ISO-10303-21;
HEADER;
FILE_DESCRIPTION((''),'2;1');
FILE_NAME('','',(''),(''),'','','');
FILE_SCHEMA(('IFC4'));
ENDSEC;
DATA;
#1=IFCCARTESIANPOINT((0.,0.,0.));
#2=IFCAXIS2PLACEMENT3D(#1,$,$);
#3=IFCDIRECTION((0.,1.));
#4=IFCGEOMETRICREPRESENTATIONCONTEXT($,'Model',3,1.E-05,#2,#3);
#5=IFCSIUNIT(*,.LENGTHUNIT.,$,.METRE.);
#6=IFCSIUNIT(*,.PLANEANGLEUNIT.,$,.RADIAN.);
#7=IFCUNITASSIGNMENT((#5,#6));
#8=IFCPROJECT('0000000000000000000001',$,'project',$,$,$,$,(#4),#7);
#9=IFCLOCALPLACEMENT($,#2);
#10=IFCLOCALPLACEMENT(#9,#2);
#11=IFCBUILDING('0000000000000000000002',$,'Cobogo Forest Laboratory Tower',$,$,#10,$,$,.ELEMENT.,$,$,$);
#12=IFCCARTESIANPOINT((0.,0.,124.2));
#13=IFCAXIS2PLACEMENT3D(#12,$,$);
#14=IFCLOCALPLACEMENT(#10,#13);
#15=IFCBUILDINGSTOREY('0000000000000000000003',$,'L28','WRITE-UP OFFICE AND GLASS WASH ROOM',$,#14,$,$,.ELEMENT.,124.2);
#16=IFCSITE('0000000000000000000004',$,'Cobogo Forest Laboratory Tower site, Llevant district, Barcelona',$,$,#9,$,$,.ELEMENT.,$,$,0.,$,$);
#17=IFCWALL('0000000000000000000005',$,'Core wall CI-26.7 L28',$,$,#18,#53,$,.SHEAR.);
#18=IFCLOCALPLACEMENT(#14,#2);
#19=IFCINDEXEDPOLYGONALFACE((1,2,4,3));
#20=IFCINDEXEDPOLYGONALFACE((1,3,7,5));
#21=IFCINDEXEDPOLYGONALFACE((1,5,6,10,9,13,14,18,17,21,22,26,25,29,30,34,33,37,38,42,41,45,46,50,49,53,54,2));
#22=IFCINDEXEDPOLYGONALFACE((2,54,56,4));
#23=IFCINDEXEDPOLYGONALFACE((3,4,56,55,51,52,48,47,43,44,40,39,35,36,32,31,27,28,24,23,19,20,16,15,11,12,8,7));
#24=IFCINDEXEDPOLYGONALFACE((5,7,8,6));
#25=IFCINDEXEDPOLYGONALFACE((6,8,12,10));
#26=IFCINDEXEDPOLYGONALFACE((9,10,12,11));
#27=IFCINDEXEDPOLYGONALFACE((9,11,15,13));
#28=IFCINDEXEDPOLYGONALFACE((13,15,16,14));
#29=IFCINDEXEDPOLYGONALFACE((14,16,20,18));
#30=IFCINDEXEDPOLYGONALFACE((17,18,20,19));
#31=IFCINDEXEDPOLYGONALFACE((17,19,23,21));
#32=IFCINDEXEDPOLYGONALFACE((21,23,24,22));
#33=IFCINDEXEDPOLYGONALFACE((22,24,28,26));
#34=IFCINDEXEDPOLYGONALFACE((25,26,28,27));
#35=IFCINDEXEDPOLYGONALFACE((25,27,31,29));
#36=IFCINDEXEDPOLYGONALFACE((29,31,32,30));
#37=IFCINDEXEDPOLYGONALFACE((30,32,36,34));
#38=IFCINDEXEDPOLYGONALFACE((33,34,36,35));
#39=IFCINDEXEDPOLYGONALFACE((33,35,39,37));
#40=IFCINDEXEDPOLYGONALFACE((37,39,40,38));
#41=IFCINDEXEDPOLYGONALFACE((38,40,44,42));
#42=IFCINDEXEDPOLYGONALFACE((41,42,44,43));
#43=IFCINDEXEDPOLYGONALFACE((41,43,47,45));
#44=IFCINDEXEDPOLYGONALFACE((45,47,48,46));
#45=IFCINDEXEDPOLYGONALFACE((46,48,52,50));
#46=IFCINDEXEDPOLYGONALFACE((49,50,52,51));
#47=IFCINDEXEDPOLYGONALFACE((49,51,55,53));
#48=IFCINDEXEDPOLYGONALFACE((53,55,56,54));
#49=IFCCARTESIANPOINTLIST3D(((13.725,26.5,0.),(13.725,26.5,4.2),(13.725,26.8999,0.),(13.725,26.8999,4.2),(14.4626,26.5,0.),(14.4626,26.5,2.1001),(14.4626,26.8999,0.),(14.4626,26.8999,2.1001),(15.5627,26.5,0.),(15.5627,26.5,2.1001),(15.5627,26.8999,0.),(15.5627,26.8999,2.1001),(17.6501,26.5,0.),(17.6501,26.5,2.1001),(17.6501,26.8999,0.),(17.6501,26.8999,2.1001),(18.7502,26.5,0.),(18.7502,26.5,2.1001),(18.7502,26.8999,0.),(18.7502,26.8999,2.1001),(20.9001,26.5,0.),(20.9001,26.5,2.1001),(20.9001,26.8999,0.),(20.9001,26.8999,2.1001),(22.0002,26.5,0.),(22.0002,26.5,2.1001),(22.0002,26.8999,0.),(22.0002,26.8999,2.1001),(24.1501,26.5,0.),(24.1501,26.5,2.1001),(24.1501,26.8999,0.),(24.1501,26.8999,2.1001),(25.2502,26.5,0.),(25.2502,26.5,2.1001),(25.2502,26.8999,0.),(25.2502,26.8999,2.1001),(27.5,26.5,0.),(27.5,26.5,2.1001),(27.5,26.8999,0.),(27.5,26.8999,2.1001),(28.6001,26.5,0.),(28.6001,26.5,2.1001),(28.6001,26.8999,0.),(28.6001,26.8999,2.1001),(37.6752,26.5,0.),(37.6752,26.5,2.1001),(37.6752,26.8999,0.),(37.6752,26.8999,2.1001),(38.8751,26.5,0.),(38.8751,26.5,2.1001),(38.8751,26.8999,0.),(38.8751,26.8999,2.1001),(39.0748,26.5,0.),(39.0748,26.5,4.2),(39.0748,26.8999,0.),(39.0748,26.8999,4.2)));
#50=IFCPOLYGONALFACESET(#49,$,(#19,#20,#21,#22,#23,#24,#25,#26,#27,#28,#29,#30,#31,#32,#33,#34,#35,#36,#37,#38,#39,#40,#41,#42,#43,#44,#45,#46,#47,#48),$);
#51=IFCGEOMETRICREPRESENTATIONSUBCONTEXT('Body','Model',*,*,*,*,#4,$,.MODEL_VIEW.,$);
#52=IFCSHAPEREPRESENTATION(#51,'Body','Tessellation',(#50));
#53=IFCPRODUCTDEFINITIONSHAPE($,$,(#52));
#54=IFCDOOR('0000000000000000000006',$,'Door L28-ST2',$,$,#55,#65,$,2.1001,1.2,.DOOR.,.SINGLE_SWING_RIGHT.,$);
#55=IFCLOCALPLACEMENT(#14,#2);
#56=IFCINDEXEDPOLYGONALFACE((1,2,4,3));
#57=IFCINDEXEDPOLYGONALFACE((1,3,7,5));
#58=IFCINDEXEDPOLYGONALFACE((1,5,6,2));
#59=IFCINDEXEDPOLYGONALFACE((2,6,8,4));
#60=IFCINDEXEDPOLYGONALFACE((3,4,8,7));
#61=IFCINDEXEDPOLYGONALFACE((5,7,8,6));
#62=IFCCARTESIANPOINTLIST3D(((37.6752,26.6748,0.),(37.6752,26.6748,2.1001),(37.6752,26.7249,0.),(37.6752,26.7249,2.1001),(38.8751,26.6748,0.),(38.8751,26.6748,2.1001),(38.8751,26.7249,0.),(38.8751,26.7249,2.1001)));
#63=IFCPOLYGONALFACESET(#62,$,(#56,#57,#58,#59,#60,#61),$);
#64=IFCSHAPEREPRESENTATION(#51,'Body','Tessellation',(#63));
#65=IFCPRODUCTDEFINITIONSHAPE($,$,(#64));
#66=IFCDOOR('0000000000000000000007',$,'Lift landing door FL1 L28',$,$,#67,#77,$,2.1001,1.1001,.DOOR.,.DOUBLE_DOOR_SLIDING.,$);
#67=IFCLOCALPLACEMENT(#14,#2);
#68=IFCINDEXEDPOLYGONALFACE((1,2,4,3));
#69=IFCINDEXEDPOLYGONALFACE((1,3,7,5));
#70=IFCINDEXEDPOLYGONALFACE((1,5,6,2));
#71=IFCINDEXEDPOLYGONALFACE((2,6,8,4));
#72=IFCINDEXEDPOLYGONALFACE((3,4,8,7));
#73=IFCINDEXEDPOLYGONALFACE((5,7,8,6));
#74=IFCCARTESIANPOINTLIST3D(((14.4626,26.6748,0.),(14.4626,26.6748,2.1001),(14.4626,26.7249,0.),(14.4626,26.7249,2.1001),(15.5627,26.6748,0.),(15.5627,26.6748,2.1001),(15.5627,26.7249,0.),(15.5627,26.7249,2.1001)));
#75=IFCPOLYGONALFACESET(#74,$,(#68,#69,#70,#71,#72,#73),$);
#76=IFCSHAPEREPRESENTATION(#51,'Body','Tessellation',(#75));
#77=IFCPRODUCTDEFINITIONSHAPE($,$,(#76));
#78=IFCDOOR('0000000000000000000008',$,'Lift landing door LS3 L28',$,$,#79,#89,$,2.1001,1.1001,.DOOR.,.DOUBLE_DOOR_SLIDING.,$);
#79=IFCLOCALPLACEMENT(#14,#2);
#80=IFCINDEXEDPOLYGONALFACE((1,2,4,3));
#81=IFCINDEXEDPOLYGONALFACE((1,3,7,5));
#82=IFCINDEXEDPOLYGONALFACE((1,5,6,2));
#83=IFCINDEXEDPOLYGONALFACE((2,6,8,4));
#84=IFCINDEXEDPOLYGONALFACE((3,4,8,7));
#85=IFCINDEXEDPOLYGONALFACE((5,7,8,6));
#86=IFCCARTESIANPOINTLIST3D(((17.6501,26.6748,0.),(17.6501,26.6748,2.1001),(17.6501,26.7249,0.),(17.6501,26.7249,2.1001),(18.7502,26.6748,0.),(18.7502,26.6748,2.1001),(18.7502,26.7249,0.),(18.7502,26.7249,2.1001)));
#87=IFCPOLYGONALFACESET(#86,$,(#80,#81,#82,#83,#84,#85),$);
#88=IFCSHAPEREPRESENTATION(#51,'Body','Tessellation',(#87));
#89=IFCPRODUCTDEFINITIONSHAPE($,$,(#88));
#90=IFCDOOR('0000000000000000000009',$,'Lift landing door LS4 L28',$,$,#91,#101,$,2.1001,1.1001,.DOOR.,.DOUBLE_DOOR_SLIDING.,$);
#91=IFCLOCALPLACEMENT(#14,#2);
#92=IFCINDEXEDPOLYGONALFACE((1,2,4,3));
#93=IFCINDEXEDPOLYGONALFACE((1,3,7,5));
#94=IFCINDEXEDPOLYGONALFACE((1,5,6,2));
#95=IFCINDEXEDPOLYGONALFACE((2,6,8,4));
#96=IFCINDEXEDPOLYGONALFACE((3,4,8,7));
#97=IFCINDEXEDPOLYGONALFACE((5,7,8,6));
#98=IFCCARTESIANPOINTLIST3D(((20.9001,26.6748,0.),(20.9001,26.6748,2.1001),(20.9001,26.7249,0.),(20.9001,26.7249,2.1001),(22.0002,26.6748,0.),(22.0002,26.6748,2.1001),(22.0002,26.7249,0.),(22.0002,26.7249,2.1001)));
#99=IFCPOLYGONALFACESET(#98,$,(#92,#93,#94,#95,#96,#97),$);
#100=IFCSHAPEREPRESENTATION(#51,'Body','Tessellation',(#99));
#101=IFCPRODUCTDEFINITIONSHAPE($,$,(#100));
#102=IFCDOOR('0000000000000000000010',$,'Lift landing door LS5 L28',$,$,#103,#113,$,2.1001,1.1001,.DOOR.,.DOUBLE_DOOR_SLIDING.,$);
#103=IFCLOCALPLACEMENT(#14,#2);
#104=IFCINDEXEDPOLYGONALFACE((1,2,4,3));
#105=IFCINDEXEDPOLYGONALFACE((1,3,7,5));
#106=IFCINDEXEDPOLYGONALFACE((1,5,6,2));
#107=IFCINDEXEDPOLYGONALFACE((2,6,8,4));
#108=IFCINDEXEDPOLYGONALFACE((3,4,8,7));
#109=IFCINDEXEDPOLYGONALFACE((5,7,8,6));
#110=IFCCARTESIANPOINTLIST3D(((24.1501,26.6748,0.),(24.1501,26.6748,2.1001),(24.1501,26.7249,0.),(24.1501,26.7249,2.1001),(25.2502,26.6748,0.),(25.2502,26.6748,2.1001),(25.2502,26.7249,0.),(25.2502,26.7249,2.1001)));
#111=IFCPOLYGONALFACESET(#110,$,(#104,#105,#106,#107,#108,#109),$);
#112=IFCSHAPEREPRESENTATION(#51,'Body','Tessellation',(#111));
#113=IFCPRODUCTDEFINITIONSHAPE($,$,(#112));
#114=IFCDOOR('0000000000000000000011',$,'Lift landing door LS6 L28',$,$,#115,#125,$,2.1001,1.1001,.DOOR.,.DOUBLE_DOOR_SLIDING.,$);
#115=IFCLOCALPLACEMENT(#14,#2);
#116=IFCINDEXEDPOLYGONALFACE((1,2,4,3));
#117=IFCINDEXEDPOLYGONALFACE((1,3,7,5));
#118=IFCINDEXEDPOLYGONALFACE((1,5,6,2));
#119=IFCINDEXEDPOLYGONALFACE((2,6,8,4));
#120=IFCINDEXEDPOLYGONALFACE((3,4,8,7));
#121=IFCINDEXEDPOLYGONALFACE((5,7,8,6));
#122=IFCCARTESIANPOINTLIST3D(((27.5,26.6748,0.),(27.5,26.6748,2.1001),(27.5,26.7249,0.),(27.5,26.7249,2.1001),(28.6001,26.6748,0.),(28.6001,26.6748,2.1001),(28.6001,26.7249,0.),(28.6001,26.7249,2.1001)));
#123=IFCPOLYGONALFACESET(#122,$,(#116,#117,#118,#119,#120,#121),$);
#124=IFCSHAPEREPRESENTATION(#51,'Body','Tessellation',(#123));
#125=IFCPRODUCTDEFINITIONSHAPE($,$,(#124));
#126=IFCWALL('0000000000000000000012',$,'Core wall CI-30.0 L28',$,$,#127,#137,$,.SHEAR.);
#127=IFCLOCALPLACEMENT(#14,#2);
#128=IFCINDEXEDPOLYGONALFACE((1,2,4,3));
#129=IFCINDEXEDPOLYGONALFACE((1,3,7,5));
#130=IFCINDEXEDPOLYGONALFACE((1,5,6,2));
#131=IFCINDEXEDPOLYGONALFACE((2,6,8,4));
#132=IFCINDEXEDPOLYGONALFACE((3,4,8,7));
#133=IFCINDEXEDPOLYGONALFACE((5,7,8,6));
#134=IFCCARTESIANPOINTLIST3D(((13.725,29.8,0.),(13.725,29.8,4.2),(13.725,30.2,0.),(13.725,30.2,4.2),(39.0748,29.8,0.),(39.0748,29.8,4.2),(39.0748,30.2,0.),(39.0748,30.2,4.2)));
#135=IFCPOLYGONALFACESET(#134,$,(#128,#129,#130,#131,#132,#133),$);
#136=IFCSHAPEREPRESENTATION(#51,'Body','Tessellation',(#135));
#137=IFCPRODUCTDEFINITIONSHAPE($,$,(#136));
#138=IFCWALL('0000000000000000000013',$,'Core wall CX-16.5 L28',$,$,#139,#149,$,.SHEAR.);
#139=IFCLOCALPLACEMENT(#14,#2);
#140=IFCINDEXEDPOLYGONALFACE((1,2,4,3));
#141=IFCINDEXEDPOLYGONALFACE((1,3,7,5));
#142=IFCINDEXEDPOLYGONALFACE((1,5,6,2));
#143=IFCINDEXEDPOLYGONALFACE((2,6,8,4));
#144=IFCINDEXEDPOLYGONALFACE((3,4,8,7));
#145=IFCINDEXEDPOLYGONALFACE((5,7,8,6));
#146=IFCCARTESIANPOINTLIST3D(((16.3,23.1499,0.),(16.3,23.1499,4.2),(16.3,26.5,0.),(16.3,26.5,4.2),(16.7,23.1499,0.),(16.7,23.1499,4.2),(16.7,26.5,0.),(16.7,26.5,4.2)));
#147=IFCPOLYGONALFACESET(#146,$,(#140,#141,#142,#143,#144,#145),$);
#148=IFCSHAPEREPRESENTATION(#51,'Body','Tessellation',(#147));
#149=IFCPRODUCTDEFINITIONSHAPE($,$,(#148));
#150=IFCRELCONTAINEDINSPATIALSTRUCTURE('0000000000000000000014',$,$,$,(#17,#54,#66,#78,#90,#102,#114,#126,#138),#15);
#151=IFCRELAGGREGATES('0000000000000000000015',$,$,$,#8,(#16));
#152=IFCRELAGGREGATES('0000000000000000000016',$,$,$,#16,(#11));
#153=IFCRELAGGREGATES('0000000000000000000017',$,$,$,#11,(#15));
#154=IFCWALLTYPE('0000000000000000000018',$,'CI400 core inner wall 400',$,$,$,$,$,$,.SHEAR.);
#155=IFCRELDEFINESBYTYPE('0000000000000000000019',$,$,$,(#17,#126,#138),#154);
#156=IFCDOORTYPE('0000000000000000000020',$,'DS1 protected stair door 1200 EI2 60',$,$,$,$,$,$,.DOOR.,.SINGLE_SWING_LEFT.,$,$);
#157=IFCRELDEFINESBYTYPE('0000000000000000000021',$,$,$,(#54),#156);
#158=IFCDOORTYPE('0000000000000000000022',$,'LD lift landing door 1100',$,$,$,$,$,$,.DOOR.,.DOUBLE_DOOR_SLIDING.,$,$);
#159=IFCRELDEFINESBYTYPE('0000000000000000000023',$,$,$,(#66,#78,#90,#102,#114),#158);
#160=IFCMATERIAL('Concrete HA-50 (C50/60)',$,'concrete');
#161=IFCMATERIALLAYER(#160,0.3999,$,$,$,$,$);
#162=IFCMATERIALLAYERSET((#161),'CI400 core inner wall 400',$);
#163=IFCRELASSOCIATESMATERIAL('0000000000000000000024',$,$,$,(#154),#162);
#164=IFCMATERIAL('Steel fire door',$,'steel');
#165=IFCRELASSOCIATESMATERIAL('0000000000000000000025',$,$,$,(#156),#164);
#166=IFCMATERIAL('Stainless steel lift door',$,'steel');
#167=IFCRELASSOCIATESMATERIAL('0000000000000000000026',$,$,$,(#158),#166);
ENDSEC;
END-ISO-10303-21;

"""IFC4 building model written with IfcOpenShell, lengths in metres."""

from ifc_helpers import new_model, si_unit, direction, frame, frame_2d, origin, place, context, subcontext, project, spatial, rectangle, extrude, material, layer, layer_set, type_object, element, fill, save


model = new_model("IFC4")

# Units and contexts
model_context = context("Model", 3, precision=1e-05, world=origin(), true_north=direction((0.0, 1.0)))
body_context = subcontext(model_context, "Body", "Model", "MODEL_VIEW")
ifc_project = project(units=[si_unit("LENGTHUNIT", "METRE"), si_unit("PLANEANGLEUNIT", "RADIAN")], contexts=[model_context])

# Site, building, storey
site_placement = place(None, origin())
site = spatial("IfcSite", under=ifc_project, at=site_placement, Name="Cobogo Forest Laboratory Tower site, Llevant district, Barcelona", CompositionType="ELEMENT", RefElevation=0.0)
building_placement = place(site_placement, origin())
building = spatial("IfcBuilding", under=site, at=building_placement, Name="Cobogo Forest Laboratory Tower", CompositionType="ELEMENT")
storey_placement = place(building_placement, frame((0.0, 0.0, 124.2)))
storey = spatial("IfcBuildingStorey", under=building, at=storey_placement, Name="L28", Description="WRITE-UP OFFICE AND GLASS WASH ROOM", CompositionType="ELEMENT", Elevation=124.2)

# Shared definitions
ifc_material_1 = material(Name="Concrete HA-50 (C50/60)", Category="concrete")

# Shared definitions
ifc_layer_1 = layer(ifc_material_1, 0.3999)
ifc_layer_set_1 = layer_set([ifc_layer_1], Name="CI400 core inner wall 400")
wall_type_1 = type_object("IfcWallType", Name="CI400 core inner wall 400", PredefinedType="SHEAR", material=ifc_layer_set_1)

# Wall, openings, doors
wall_1_placement = place(storey_placement, frame((13.7251, 26.7, 0.0), z_axis=(0.0, 0.0, 1.0), x_axis=(1.0, 0.0, 0.0)))
wall_1 = element("IfcWall", 1, at=wall_1_placement, inside=storey, type_object=wall_type_1, Name="Core wall CI-26.7 L28", PredefinedType="SHEAR", context=body_context, shape_type="SweptSolid", body=[
    extrude(rectangle(XDim=25.3499, YDim=0.3999, at=frame_2d((12.6748, 0.0))), origin(), (0.0, 0.0, 1.0), 4.2),
])
opening_1_placement = place(wall_1_placement, frame((23.95, 0.0, 0.0)))
opening_1 = element("IfcOpeningElement", 2, at=opening_1_placement, cuts=wall_1, PredefinedType="OPENING", context=body_context, shape_type="SweptSolid", body=[
    extrude(rectangle(XDim=1.2, YDim=2.1001, at=frame_2d((0.6001, 1.05))), frame((0.0, 0.21, 0.0), z_axis=(0.0, -1.0, 0.0), x_axis=(1.0, 0.0, 0.0)), (0.0, 0.0, 1.0), 0.4199),
])
opening_2_placement = place(wall_1_placement, frame((0.7375, 0.0, 0.0)))
opening_2 = element("IfcOpeningElement", 3, at=opening_2_placement, cuts=wall_1, PredefinedType="OPENING", context=body_context, shape_type="SweptSolid", body=[
    extrude(rectangle(XDim=1.1001, YDim=2.1001, at=frame_2d((0.55, 1.05))), frame((0.0, 0.21, 0.0), z_axis=(0.0, -1.0, 0.0), x_axis=(1.0, 0.0, 0.0)), (0.0, 0.0, 1.0), 0.4199),
])
opening_3_placement = place(wall_1_placement, frame((3.925, 0.0, 0.0)))
opening_3 = element("IfcOpeningElement", 4, at=opening_3_placement, cuts=wall_1, PredefinedType="OPENING", context=body_context, shape_type="SweptSolid", body=[
    extrude(rectangle(XDim=1.1001, YDim=2.1001, at=frame_2d((0.55, 1.05))), frame((0.0, 0.21, 0.0), z_axis=(0.0, -1.0, 0.0), x_axis=(1.0, 0.0, 0.0)), (0.0, 0.0, 1.0), 0.4199),
])
opening_4_placement = place(wall_1_placement, frame((7.175, 0.0, 0.0)))
opening_4 = element("IfcOpeningElement", 5, at=opening_4_placement, cuts=wall_1, PredefinedType="OPENING", context=body_context, shape_type="SweptSolid", body=[
    extrude(rectangle(XDim=1.1001, YDim=2.1001, at=frame_2d((0.55, 1.05))), frame((0.0, 0.21, 0.0), z_axis=(0.0, -1.0, 0.0), x_axis=(1.0, 0.0, 0.0)), (0.0, 0.0, 1.0), 0.4199),
])
opening_5_placement = place(wall_1_placement, frame((10.425, 0.0, 0.0)))
opening_5 = element("IfcOpeningElement", 6, at=opening_5_placement, cuts=wall_1, PredefinedType="OPENING", context=body_context, shape_type="SweptSolid", body=[
    extrude(rectangle(XDim=1.1001, YDim=2.1001, at=frame_2d((0.55, 1.05))), frame((0.0, 0.21, 0.0), z_axis=(0.0, -1.0, 0.0), x_axis=(1.0, 0.0, 0.0)), (0.0, 0.0, 1.0), 0.4199),
])
opening_6_placement = place(wall_1_placement, frame((13.7749, 0.0, 0.0)))
opening_6 = element("IfcOpeningElement", 7, at=opening_6_placement, cuts=wall_1, PredefinedType="OPENING", context=body_context, shape_type="SweptSolid", body=[
    extrude(rectangle(XDim=1.1001, YDim=2.1001, at=frame_2d((0.55, 1.05))), frame((0.0, 0.21, 0.0), z_axis=(0.0, -1.0, 0.0), x_axis=(1.0, 0.0, 0.0)), (0.0, 0.0, 1.0), 0.4199),
])
ifc_material_2 = material(Name="Steel fire door", Category="steel")
door_type_1 = type_object("IfcDoorType", Name="DS1 protected stair door 1200 EI2 60", OperationType="SINGLE_SWING_LEFT", PredefinedType="DOOR", material=ifc_material_2)
door_1_placement = place(opening_1_placement, origin())
door_1 = element("IfcDoor", 8, at=door_1_placement, inside=storey, type_object=door_type_1, Name="Door L28-ST2", OperationType="SINGLE_SWING_RIGHT", OverallHeight=2.1001, OverallWidth=1.2, PredefinedType="DOOR", context=body_context, shape_type="SweptSolid", body=[
    extrude(rectangle(XDim=1.2, YDim=2.1001, at=frame_2d((0.6001, 1.05))), frame((0.0, 0.0249, 0.0), z_axis=(0.0, -1.0, 0.0), x_axis=(1.0, 0.0, 0.0)), (0.0, 0.0, 1.0), 0.05),
])
fill(opening_1, door_1)
ifc_material_3 = material(Name="Stainless steel lift door", Category="steel")
door_type_2 = type_object("IfcDoorType", Name="LD lift landing door 1100", OperationType="DOUBLE_DOOR_SLIDING", PredefinedType="DOOR", material=ifc_material_3)
door_2_placement = place(opening_2_placement, origin())
door_2 = element("IfcDoor", 9, at=door_2_placement, inside=storey, type_object=door_type_2, Name="Lift landing door FL1 L28", OperationType="DOUBLE_DOOR_SLIDING", OverallHeight=2.1001, OverallWidth=1.1001, PredefinedType="DOOR", context=body_context, shape_type="SweptSolid", body=[
    extrude(rectangle(XDim=1.1001, YDim=2.1001, at=frame_2d((0.55, 1.05))), frame((0.0, 0.0249, 0.0), z_axis=(0.0, -1.0, 0.0), x_axis=(1.0, 0.0, 0.0)), (0.0, 0.0, 1.0), 0.05),
])
fill(opening_2, door_2)
door_3_placement = place(opening_3_placement, origin())
door_3 = element("IfcDoor", 10, at=door_3_placement, inside=storey, type_object=door_type_2, Name="Lift landing door LS3 L28", OperationType="DOUBLE_DOOR_SLIDING", OverallHeight=2.1001, OverallWidth=1.1001, PredefinedType="DOOR", context=body_context, shape_type="SweptSolid", body=[
    extrude(rectangle(XDim=1.1001, YDim=2.1001, at=frame_2d((0.55, 1.05))), frame((0.0, 0.0249, 0.0), z_axis=(0.0, -1.0, 0.0), x_axis=(1.0, 0.0, 0.0)), (0.0, 0.0, 1.0), 0.05),
])
fill(opening_3, door_3)
door_4_placement = place(opening_4_placement, origin())
door_4 = element("IfcDoor", 11, at=door_4_placement, inside=storey, type_object=door_type_2, Name="Lift landing door LS4 L28", OperationType="DOUBLE_DOOR_SLIDING", OverallHeight=2.1001, OverallWidth=1.1001, PredefinedType="DOOR", context=body_context, shape_type="SweptSolid", body=[
    extrude(rectangle(XDim=1.1001, YDim=2.1001, at=frame_2d((0.55, 1.05))), frame((0.0, 0.0249, 0.0), z_axis=(0.0, -1.0, 0.0), x_axis=(1.0, 0.0, 0.0)), (0.0, 0.0, 1.0), 0.05),
])
fill(opening_4, door_4)
door_5_placement = place(opening_5_placement, origin())
door_5 = element("IfcDoor", 12, at=door_5_placement, inside=storey, type_object=door_type_2, Name="Lift landing door LS5 L28", OperationType="DOUBLE_DOOR_SLIDING", OverallHeight=2.1001, OverallWidth=1.1001, PredefinedType="DOOR", context=body_context, shape_type="SweptSolid", body=[
    extrude(rectangle(XDim=1.1001, YDim=2.1001, at=frame_2d((0.55, 1.05))), frame((0.0, 0.0249, 0.0), z_axis=(0.0, -1.0, 0.0), x_axis=(1.0, 0.0, 0.0)), (0.0, 0.0, 1.0), 0.05),
])
fill(opening_5, door_5)
door_6_placement = place(opening_6_placement, origin())
door_6 = element("IfcDoor", 13, at=door_6_placement, inside=storey, type_object=door_type_2, Name="Lift landing door LS6 L28", OperationType="DOUBLE_DOOR_SLIDING", OverallHeight=2.1001, OverallWidth=1.1001, PredefinedType="DOOR", context=body_context, shape_type="SweptSolid", body=[
    extrude(rectangle(XDim=1.1001, YDim=2.1001, at=frame_2d((0.55, 1.05))), frame((0.0, 0.0249, 0.0), z_axis=(0.0, -1.0, 0.0), x_axis=(1.0, 0.0, 0.0)), (0.0, 0.0, 1.0), 0.05),
])
fill(opening_6, door_6)

# Walls
wall_2_placement = place(storey_placement, frame((13.7251, 30.0, 0.0), z_axis=(0.0, 0.0, 1.0), x_axis=(1.0, 0.0, 0.0)))
element("IfcWall", 14, at=wall_2_placement, inside=storey, type_object=wall_type_1, Name="Core wall CI-30.0 L28", PredefinedType="SHEAR", context=body_context, shape_type="SweptSolid", body=[
    extrude(rectangle(XDim=25.3499, YDim=0.3999, at=frame_2d((12.6748, 0.0))), origin(), (0.0, 0.0, 1.0), 4.2),
])
wall_3_placement = place(storey_placement, frame((16.5, 23.1499, 0.0), z_axis=(0.0, 0.0, 1.0), x_axis=(0.0, 1.0, 0.0)))
element("IfcWall", 15, at=wall_3_placement, inside=storey, type_object=wall_type_1, Name="Core wall CX-16.5 L28", PredefinedType="SHEAR", context=body_context, shape_type="SweptSolid", body=[
    extrude(rectangle(XDim=3.3501, YDim=0.3999, at=frame_2d((1.675, 0.0))), origin(), (0.0, 0.0, 1.0), 4.2),
])

save(model, "model.ifc")
